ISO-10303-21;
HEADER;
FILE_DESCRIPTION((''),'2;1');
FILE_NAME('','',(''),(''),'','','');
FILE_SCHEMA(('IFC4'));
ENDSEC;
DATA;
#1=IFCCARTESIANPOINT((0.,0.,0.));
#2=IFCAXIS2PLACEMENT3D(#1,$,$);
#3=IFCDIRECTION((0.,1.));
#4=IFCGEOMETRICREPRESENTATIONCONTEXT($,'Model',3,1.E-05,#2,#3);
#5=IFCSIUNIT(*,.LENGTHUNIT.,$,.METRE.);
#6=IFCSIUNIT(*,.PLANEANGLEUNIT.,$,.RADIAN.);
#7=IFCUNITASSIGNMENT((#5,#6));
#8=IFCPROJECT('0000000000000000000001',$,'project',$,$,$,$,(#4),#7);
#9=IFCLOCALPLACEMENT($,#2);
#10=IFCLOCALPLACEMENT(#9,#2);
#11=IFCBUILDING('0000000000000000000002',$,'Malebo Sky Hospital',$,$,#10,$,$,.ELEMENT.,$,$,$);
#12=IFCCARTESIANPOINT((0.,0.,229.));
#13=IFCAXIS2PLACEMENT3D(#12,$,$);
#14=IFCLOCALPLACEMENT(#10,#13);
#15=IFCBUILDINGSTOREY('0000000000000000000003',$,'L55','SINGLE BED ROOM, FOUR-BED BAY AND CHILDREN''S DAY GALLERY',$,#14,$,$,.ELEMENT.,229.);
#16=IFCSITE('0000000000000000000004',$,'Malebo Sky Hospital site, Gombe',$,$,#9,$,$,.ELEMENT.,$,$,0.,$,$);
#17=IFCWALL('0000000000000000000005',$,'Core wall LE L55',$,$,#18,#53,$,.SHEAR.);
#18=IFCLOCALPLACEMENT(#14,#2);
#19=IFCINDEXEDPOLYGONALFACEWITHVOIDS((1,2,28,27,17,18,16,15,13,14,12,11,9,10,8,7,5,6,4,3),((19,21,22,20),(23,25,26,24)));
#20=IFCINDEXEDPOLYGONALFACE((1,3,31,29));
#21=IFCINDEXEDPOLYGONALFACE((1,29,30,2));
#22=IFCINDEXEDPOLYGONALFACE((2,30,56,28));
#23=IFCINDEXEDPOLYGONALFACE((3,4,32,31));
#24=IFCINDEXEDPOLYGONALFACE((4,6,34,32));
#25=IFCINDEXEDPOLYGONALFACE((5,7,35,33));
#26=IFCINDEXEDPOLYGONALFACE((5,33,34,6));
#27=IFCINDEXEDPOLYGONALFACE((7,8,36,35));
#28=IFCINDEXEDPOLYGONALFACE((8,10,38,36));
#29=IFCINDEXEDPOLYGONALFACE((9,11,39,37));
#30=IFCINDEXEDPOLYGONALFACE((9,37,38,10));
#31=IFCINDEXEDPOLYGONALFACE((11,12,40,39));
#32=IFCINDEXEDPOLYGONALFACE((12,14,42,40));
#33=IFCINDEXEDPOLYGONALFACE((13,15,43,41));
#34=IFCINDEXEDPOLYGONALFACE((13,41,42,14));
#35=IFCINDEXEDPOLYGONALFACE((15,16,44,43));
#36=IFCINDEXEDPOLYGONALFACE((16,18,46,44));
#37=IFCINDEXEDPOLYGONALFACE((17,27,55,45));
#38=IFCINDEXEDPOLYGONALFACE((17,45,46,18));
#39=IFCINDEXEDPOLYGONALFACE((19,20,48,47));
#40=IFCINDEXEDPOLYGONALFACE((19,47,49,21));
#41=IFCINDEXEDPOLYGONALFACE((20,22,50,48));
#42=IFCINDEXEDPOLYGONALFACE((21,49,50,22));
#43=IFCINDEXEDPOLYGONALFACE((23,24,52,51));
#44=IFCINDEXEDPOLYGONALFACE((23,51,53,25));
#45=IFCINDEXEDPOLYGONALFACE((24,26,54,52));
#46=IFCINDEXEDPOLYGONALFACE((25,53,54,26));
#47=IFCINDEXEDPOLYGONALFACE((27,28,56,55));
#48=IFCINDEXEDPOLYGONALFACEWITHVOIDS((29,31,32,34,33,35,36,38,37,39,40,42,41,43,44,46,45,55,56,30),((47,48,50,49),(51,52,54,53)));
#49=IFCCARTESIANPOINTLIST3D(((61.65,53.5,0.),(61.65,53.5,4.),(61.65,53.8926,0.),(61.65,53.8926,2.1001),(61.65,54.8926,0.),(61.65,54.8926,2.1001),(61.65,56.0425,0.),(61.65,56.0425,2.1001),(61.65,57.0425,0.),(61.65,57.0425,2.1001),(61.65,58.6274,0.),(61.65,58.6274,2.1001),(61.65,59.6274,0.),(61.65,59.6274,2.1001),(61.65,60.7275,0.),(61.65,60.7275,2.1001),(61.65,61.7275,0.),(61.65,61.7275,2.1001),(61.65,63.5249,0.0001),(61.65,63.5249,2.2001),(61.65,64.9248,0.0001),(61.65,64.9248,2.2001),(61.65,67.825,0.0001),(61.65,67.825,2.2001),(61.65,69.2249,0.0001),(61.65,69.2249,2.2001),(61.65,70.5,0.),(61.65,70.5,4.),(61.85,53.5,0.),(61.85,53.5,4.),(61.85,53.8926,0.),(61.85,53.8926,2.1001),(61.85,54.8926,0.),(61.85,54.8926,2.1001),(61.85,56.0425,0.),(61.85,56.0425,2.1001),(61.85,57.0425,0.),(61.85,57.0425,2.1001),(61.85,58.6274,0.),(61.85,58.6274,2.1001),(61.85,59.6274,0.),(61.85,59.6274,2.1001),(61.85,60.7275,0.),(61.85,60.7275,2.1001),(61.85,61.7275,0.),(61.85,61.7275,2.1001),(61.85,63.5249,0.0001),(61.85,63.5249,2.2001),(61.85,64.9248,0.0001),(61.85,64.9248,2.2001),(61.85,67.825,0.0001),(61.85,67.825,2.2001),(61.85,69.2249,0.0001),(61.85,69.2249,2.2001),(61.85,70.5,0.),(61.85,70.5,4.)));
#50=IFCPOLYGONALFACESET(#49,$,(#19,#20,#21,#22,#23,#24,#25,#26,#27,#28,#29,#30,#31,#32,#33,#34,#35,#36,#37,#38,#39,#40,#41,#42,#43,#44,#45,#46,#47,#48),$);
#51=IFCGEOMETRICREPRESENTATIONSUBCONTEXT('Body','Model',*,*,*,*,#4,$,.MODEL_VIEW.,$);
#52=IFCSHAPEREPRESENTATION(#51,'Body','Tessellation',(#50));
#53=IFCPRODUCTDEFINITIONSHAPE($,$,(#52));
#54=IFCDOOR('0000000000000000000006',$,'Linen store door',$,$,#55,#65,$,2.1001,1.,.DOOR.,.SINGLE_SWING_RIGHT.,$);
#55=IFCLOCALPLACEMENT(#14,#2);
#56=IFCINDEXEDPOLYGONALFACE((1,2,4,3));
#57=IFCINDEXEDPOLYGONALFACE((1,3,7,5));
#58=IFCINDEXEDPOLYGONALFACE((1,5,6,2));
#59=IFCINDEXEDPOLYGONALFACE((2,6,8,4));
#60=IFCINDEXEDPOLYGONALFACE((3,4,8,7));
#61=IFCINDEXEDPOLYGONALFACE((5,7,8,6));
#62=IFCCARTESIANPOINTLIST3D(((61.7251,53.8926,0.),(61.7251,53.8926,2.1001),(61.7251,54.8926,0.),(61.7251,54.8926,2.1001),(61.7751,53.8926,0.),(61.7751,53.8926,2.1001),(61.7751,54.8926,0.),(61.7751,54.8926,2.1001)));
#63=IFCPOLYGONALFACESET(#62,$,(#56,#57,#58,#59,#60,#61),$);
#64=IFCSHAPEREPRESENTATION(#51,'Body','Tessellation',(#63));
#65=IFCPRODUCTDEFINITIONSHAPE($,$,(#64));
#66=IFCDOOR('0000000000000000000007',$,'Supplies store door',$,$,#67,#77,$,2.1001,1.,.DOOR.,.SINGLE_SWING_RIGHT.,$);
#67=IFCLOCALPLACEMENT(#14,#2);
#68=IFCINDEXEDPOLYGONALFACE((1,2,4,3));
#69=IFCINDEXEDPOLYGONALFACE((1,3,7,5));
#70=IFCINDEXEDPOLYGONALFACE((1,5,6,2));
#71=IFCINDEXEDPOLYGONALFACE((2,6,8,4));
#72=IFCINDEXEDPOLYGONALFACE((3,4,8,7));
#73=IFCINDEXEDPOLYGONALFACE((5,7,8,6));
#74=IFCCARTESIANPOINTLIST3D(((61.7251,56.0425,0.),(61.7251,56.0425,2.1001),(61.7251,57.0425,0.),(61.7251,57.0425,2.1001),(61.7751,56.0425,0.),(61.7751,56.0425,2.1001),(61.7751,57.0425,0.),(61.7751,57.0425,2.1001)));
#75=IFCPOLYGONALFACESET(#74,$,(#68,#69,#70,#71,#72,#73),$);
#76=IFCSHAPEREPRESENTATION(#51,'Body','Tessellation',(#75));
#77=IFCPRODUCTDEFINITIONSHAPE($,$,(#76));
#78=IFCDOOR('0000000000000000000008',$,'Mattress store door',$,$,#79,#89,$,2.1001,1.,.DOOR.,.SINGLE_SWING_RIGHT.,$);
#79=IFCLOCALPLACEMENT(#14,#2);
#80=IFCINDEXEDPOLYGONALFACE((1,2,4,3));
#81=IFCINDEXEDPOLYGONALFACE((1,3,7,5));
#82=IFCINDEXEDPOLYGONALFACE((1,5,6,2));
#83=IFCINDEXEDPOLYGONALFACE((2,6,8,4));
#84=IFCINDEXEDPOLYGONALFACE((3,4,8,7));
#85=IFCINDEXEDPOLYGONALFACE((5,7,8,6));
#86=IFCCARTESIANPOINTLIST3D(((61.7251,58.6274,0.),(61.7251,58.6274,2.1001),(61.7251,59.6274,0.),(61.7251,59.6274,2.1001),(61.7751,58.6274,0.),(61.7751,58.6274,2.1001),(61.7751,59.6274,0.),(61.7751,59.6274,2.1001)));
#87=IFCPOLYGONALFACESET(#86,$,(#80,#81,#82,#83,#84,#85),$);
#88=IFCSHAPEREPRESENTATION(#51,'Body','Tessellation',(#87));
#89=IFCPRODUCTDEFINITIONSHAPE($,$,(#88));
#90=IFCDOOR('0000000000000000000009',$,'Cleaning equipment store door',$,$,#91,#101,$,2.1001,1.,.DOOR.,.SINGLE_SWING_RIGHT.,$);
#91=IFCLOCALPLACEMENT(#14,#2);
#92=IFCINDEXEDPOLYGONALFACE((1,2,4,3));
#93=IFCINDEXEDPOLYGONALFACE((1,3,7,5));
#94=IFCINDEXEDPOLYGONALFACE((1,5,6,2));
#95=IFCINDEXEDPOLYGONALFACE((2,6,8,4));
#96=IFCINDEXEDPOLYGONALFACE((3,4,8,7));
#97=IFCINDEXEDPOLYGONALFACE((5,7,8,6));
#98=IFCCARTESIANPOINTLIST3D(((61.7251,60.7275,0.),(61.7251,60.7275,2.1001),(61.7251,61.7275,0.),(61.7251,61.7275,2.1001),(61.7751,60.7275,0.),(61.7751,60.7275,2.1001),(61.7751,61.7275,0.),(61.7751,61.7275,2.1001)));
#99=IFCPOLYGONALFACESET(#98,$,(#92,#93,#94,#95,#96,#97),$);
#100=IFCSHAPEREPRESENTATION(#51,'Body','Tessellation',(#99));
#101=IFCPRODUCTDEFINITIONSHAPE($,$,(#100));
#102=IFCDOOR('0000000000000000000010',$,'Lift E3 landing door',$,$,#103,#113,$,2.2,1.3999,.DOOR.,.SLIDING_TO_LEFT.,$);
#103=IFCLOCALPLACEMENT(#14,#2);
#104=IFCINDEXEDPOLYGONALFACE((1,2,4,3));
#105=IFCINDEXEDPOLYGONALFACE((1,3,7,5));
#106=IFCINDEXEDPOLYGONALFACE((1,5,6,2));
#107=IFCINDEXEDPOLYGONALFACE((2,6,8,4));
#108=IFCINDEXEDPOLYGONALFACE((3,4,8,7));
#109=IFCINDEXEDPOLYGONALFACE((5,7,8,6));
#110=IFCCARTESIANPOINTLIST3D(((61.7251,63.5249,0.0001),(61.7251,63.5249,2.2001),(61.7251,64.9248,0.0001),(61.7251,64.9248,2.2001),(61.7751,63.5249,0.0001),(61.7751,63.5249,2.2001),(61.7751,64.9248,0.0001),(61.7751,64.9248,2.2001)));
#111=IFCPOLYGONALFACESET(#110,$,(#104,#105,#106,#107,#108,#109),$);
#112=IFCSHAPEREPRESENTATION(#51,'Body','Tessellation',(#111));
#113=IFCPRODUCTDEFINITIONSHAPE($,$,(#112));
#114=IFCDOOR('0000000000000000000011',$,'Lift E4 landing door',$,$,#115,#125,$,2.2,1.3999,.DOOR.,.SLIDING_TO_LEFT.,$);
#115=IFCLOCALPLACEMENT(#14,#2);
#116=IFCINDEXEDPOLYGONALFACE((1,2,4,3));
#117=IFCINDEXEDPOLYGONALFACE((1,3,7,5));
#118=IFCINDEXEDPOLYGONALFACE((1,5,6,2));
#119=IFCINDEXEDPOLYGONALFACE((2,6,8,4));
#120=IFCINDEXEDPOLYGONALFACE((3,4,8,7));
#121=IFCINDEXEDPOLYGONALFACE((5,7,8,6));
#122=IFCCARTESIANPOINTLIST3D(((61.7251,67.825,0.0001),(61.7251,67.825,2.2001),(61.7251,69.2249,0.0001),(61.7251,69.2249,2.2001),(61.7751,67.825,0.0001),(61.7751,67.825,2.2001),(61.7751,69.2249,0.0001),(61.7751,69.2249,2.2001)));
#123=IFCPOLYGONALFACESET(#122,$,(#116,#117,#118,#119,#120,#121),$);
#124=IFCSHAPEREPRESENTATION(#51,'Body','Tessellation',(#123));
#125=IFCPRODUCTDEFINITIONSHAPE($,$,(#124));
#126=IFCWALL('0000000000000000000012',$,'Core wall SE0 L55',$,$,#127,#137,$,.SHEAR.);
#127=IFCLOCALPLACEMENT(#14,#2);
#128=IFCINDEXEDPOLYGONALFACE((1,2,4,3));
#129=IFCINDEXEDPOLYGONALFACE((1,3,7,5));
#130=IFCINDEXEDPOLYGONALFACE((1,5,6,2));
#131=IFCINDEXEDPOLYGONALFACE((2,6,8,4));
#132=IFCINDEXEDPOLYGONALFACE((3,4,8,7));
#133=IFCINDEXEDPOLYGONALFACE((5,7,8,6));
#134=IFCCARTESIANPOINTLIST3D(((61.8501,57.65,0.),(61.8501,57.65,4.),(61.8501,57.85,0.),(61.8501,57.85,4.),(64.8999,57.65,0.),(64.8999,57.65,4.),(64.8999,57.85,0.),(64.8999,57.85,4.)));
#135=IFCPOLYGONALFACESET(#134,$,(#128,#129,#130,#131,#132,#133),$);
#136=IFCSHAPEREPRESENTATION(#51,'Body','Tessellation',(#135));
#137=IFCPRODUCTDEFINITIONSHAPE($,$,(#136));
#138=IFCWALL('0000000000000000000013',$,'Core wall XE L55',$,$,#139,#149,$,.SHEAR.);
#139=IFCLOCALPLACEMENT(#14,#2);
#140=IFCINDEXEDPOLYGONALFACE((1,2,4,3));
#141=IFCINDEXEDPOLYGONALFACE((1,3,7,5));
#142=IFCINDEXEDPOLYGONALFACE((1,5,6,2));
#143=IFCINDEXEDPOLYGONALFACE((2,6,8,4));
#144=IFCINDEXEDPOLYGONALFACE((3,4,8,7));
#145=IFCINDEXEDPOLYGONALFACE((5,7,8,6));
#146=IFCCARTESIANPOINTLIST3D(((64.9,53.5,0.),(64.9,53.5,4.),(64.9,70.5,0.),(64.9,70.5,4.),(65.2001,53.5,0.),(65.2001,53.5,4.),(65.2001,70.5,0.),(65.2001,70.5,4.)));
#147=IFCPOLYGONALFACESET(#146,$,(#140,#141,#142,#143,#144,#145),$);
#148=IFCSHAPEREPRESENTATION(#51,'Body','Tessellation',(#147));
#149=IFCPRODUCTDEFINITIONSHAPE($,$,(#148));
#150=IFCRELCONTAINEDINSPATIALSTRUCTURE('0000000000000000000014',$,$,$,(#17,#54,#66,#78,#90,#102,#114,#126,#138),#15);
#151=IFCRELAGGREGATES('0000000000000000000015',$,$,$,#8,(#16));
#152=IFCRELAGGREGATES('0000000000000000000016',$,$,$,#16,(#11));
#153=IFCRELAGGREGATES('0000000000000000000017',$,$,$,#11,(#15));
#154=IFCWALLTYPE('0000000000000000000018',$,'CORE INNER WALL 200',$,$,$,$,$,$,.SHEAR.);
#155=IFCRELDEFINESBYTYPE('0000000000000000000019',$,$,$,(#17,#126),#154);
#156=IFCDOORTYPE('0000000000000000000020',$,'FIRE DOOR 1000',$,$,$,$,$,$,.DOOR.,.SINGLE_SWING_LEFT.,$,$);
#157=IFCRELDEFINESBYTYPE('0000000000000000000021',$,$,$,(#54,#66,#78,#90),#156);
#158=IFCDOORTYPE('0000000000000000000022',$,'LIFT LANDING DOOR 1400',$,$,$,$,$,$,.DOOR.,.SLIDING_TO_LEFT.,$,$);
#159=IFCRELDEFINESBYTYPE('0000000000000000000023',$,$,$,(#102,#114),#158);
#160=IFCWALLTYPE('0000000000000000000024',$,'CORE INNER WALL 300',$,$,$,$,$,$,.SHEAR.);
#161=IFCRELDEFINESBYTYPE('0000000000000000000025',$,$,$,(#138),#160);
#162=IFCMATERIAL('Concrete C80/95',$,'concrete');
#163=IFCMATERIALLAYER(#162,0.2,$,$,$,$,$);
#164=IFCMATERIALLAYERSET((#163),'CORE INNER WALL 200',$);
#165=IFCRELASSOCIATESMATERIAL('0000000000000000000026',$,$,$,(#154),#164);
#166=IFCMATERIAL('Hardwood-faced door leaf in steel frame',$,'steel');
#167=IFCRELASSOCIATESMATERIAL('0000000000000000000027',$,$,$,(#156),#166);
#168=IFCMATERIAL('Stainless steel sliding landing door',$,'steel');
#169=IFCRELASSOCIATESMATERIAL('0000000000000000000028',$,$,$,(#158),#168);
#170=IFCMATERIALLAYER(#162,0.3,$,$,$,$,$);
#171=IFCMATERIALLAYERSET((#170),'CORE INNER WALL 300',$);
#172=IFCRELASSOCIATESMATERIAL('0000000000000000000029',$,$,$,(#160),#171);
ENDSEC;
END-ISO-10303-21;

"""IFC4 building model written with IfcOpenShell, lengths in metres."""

from ifc_helpers import new_model, si_unit, direction, frame, frame_2d, origin, place, context, subcontext, project, spatial, rectangle, extrude, material, layer, layer_set, type_object, element, fill, save


model = new_model("IFC4")

# Units and contexts
model_context = context("Model", 3, precision=1e-05, world=origin(), true_north=direction((0.0, 1.0)))
body_context = subcontext(model_context, "Body", "Model", "MODEL_VIEW")
ifc_project = project(units=[si_unit("LENGTHUNIT", "METRE"), si_unit("PLANEANGLEUNIT", "RADIAN")], contexts=[model_context])

# Site, building, storey
site_placement = place(None, origin())
site = spatial("IfcSite", under=ifc_project, at=site_placement, Name="Malebo Sky Hospital site, Gombe", CompositionType="ELEMENT", RefElevation=0.0)
building_placement = place(site_placement, origin())
building = spatial("IfcBuilding", under=site, at=building_placement, Name="Malebo Sky Hospital", CompositionType="ELEMENT")
storey_placement = place(building_placement, frame((0.0, 0.0, 229.0)))
storey = spatial("IfcBuildingStorey", under=building, at=storey_placement, Name="L55", Description="SINGLE BED ROOM, FOUR-BED BAY AND CHILDREN'S DAY GALLERY", CompositionType="ELEMENT", Elevation=229.0)

# Wall, openings, doors
ifc_material_1 = material(Name="Concrete C80/95", Category="concrete")
ifc_layer_1 = layer(ifc_material_1, 0.2)
ifc_layer_set_1 = layer_set([ifc_layer_1], Name="CORE INNER WALL 200")
wall_type_1 = type_object("IfcWallType", Name="CORE INNER WALL 200", PredefinedType="SHEAR", material=ifc_layer_set_1)
ifc_material_2 = material(Name="Hardwood-faced door leaf in steel frame", Category="steel")
door_type_1 = type_object("IfcDoorType", Name="FIRE DOOR 1000", OperationType="SINGLE_SWING_LEFT", PredefinedType="DOOR", material=ifc_material_2)
ifc_material_3 = material(Name="Stainless steel sliding landing door", Category="steel")
door_type_2 = type_object("IfcDoorType", Name="LIFT LANDING DOOR 1400", OperationType="SLIDING_TO_LEFT", PredefinedType="DOOR", material=ifc_material_3)
wall_1_placement = place(storey_placement, frame((61.75, 53.5, 0.0), z_axis=(0.0, 0.0, 1.0), x_axis=(0.0, 1.0, 0.0)))
wall_1 = element("IfcWall", 1, at=wall_1_placement, inside=storey, type_object=wall_type_1, Name="Core wall LE L55", PredefinedType="SHEAR", context=body_context, shape_type="SweptSolid", body=[
    extrude(rectangle(XDim=17.0, YDim=0.2, at=frame_2d((8.5, 0.0))), origin(), (0.0, 0.0, 1.0), 4.0),
])
opening_1_placement = place(wall_1_placement, frame((0.3926, 0.0, 0.0)))
opening_1 = element("IfcOpeningElement", 2, at=opening_1_placement, cuts=wall_1, PredefinedType="OPENING", context=body_context, shape_type="SweptSolid", body=[
    extrude(rectangle(XDim=1.0, YDim=2.1001, at=frame_2d((0.5, 1.05))), frame((0.0, 0.1099, 0.0), z_axis=(0.0, -1.0, 0.0), x_axis=(1.0, 0.0, 0.0)), (0.0, 0.0, 1.0), 0.22),
])
opening_2_placement = place(wall_1_placement, frame((2.5425, 0.0, 0.0)))
opening_2 = element("IfcOpeningElement", 3, at=opening_2_placement, cuts=wall_1, PredefinedType="OPENING", context=body_context, shape_type="SweptSolid", body=[
    extrude(rectangle(XDim=1.0, YDim=2.1001, at=frame_2d((0.5, 1.05))), frame((0.0, 0.1099, 0.0), z_axis=(0.0, -1.0, 0.0), x_axis=(1.0, 0.0, 0.0)), (0.0, 0.0, 1.0), 0.22),
])
opening_3_placement = place(wall_1_placement, frame((5.1274, 0.0, 0.0)))
opening_3 = element("IfcOpeningElement", 4, at=opening_3_placement, cuts=wall_1, PredefinedType="OPENING", context=body_context, shape_type="SweptSolid", body=[
    extrude(rectangle(XDim=1.0, YDim=2.1001, at=frame_2d((0.5, 1.05))), frame((0.0, 0.1099, 0.0), z_axis=(0.0, -1.0, 0.0), x_axis=(1.0, 0.0, 0.0)), (0.0, 0.0, 1.0), 0.22),
])
opening_4_placement = place(wall_1_placement, frame((7.2275, 0.0, 0.0)))
opening_4 = element("IfcOpeningElement", 5, at=opening_4_placement, cuts=wall_1, PredefinedType="OPENING", context=body_context, shape_type="SweptSolid", body=[
    extrude(rectangle(XDim=1.0, YDim=2.1001, at=frame_2d((0.5, 1.05))), frame((0.0, 0.1099, 0.0), z_axis=(0.0, -1.0, 0.0), x_axis=(1.0, 0.0, 0.0)), (0.0, 0.0, 1.0), 0.22),
])
opening_5_placement = place(wall_1_placement, frame((10.0249, 0.0, 0.0)))
opening_5 = element("IfcOpeningElement", 6, at=opening_5_placement, cuts=wall_1, PredefinedType="OPENING", context=body_context, shape_type="SweptSolid", body=[
    extrude(rectangle(XDim=1.3999, YDim=2.2, at=frame_2d((0.7, 1.1001))), frame((0.0, 0.1099, 0.0), z_axis=(0.0, -1.0, 0.0), x_axis=(1.0, 0.0, 0.0)), (0.0, 0.0, 1.0), 0.22),
])
opening_6_placement = place(wall_1_placement, frame((14.325, 0.0, 0.0)))
opening_6 = element("IfcOpeningElement", 7, at=opening_6_placement, cuts=wall_1, PredefinedType="OPENING", context=body_context, shape_type="SweptSolid", body=[
    extrude(rectangle(XDim=1.3999, YDim=2.2, at=frame_2d((0.7, 1.1001))), frame((0.0, 0.1099, 0.0), z_axis=(0.0, -1.0, 0.0), x_axis=(1.0, 0.0, 0.0)), (0.0, 0.0, 1.0), 0.22),
])
door_1_placement = place(opening_1_placement, origin())
door_1 = element("IfcDoor", 8, at=door_1_placement, inside=storey, type_object=door_type_1, Name="Linen store door", OperationType="SINGLE_SWING_RIGHT", OverallHeight=2.1001, OverallWidth=1.0, PredefinedType="DOOR", context=body_context, shape_type="SweptSolid", body=[
    extrude(rectangle(XDim=1.0, YDim=2.1001, at=frame_2d((0.5, 1.05))), frame((0.0, 0.0249, 0.0), z_axis=(0.0, -1.0, 0.0), x_axis=(1.0, 0.0, 0.0)), (0.0, 0.0, 1.0), 0.05),
])
fill(opening_1, door_1)
door_2_placement = place(opening_2_placement, origin())
door_2 = element("IfcDoor", 9, at=door_2_placement, inside=storey, type_object=door_type_1, Name="Supplies store door", OperationType="SINGLE_SWING_RIGHT", OverallHeight=2.1001, OverallWidth=1.0, PredefinedType="DOOR", context=body_context, shape_type="SweptSolid", body=[
    extrude(rectangle(XDim=1.0, YDim=2.1001, at=frame_2d((0.5, 1.05))), frame((0.0, 0.0249, 0.0), z_axis=(0.0, -1.0, 0.0), x_axis=(1.0, 0.0, 0.0)), (0.0, 0.0, 1.0), 0.05),
])
fill(opening_2, door_2)
door_3_placement = place(opening_3_placement, origin())
door_3 = element("IfcDoor", 10, at=door_3_placement, inside=storey, type_object=door_type_1, Name="Mattress store door", OperationType="SINGLE_SWING_RIGHT", OverallHeight=2.1001, OverallWidth=1.0, PredefinedType="DOOR", context=body_context, shape_type="SweptSolid", body=[
    extrude(rectangle(XDim=1.0, YDim=2.1001, at=frame_2d((0.5, 1.05))), frame((0.0, 0.0249, 0.0), z_axis=(0.0, -1.0, 0.0), x_axis=(1.0, 0.0, 0.0)), (0.0, 0.0, 1.0), 0.05),
])
fill(opening_3, door_3)
door_4_placement = place(opening_4_placement, origin())
door_4 = element("IfcDoor", 11, at=door_4_placement, inside=storey, type_object=door_type_1, Name="Cleaning equipment store door", OperationType="SINGLE_SWING_RIGHT", OverallHeight=2.1001, OverallWidth=1.0, PredefinedType="DOOR", context=body_context, shape_type="SweptSolid", body=[
    extrude(rectangle(XDim=1.0, YDim=2.1001, at=frame_2d((0.5, 1.05))), frame((0.0, 0.0249, 0.0), z_axis=(0.0, -1.0, 0.0), x_axis=(1.0, 0.0, 0.0)), (0.0, 0.0, 1.0), 0.05),
])
fill(opening_4, door_4)
door_5_placement = place(opening_5_placement, origin())
door_5 = element("IfcDoor", 12, at=door_5_placement, inside=storey, type_object=door_type_2, Name="Lift E3 landing door", OperationType="SLIDING_TO_LEFT", OverallHeight=2.2, OverallWidth=1.3999, PredefinedType="DOOR", context=body_context, shape_type="SweptSolid", body=[
    extrude(rectangle(XDim=1.3999, YDim=2.2, at=frame_2d((0.7, 1.1001))), frame((0.0, 0.0249, 0.0), z_axis=(0.0, -1.0, 0.0), x_axis=(1.0, 0.0, 0.0)), (0.0, 0.0, 1.0), 0.05),
])
fill(opening_5, door_5)
door_6_placement = place(opening_6_placement, origin())
door_6 = element("IfcDoor", 13, at=door_6_placement, inside=storey, type_object=door_type_2, Name="Lift E4 landing door", OperationType="SLIDING_TO_LEFT", OverallHeight=2.2, OverallWidth=1.3999, PredefinedType="DOOR", context=body_context, shape_type="SweptSolid", body=[
    extrude(rectangle(XDim=1.3999, YDim=2.2, at=frame_2d((0.7, 1.1001))), frame((0.0, 0.0249, 0.0), z_axis=(0.0, -1.0, 0.0), x_axis=(1.0, 0.0, 0.0)), (0.0, 0.0, 1.0), 0.05),
])
fill(opening_6, door_6)

# Walls
wall_2_placement = place(storey_placement, frame((61.8501, 57.75, 0.0), z_axis=(0.0, 0.0, 1.0), x_axis=(1.0, 0.0, 0.0)))
element("IfcWall", 14, at=wall_2_placement, inside=storey, type_object=wall_type_1, Name="Core wall SE0 L55", PredefinedType="SHEAR", context=body_context, shape_type="SweptSolid", body=[
    extrude(rectangle(XDim=3.0498, YDim=0.2, at=frame_2d((1.5249, 0.0))), origin(), (0.0, 0.0, 1.0), 4.0),
])
ifc_layer_2 = layer(ifc_material_1, 0.3)
ifc_layer_set_2 = layer_set([ifc_layer_2], Name="CORE INNER WALL 300")
wall_type_2 = type_object("IfcWallType", Name="CORE INNER WALL 300", PredefinedType="SHEAR", material=ifc_layer_set_2)
wall_3_placement = place(storey_placement, frame((65.05, 53.5, 0.0), z_axis=(0.0, 0.0, 1.0), x_axis=(0.0, 1.0, 0.0)))
element("IfcWall", 15, at=wall_3_placement, inside=storey, type_object=wall_type_2, Name="Core wall XE L55", PredefinedType="SHEAR", context=body_context, shape_type="SweptSolid", body=[
    extrude(rectangle(XDim=17.0, YDim=0.3, at=frame_2d((8.5, 0.0))), origin(), (0.0, 0.0, 1.0), 4.0),
])

save(model, "model.ifc")
